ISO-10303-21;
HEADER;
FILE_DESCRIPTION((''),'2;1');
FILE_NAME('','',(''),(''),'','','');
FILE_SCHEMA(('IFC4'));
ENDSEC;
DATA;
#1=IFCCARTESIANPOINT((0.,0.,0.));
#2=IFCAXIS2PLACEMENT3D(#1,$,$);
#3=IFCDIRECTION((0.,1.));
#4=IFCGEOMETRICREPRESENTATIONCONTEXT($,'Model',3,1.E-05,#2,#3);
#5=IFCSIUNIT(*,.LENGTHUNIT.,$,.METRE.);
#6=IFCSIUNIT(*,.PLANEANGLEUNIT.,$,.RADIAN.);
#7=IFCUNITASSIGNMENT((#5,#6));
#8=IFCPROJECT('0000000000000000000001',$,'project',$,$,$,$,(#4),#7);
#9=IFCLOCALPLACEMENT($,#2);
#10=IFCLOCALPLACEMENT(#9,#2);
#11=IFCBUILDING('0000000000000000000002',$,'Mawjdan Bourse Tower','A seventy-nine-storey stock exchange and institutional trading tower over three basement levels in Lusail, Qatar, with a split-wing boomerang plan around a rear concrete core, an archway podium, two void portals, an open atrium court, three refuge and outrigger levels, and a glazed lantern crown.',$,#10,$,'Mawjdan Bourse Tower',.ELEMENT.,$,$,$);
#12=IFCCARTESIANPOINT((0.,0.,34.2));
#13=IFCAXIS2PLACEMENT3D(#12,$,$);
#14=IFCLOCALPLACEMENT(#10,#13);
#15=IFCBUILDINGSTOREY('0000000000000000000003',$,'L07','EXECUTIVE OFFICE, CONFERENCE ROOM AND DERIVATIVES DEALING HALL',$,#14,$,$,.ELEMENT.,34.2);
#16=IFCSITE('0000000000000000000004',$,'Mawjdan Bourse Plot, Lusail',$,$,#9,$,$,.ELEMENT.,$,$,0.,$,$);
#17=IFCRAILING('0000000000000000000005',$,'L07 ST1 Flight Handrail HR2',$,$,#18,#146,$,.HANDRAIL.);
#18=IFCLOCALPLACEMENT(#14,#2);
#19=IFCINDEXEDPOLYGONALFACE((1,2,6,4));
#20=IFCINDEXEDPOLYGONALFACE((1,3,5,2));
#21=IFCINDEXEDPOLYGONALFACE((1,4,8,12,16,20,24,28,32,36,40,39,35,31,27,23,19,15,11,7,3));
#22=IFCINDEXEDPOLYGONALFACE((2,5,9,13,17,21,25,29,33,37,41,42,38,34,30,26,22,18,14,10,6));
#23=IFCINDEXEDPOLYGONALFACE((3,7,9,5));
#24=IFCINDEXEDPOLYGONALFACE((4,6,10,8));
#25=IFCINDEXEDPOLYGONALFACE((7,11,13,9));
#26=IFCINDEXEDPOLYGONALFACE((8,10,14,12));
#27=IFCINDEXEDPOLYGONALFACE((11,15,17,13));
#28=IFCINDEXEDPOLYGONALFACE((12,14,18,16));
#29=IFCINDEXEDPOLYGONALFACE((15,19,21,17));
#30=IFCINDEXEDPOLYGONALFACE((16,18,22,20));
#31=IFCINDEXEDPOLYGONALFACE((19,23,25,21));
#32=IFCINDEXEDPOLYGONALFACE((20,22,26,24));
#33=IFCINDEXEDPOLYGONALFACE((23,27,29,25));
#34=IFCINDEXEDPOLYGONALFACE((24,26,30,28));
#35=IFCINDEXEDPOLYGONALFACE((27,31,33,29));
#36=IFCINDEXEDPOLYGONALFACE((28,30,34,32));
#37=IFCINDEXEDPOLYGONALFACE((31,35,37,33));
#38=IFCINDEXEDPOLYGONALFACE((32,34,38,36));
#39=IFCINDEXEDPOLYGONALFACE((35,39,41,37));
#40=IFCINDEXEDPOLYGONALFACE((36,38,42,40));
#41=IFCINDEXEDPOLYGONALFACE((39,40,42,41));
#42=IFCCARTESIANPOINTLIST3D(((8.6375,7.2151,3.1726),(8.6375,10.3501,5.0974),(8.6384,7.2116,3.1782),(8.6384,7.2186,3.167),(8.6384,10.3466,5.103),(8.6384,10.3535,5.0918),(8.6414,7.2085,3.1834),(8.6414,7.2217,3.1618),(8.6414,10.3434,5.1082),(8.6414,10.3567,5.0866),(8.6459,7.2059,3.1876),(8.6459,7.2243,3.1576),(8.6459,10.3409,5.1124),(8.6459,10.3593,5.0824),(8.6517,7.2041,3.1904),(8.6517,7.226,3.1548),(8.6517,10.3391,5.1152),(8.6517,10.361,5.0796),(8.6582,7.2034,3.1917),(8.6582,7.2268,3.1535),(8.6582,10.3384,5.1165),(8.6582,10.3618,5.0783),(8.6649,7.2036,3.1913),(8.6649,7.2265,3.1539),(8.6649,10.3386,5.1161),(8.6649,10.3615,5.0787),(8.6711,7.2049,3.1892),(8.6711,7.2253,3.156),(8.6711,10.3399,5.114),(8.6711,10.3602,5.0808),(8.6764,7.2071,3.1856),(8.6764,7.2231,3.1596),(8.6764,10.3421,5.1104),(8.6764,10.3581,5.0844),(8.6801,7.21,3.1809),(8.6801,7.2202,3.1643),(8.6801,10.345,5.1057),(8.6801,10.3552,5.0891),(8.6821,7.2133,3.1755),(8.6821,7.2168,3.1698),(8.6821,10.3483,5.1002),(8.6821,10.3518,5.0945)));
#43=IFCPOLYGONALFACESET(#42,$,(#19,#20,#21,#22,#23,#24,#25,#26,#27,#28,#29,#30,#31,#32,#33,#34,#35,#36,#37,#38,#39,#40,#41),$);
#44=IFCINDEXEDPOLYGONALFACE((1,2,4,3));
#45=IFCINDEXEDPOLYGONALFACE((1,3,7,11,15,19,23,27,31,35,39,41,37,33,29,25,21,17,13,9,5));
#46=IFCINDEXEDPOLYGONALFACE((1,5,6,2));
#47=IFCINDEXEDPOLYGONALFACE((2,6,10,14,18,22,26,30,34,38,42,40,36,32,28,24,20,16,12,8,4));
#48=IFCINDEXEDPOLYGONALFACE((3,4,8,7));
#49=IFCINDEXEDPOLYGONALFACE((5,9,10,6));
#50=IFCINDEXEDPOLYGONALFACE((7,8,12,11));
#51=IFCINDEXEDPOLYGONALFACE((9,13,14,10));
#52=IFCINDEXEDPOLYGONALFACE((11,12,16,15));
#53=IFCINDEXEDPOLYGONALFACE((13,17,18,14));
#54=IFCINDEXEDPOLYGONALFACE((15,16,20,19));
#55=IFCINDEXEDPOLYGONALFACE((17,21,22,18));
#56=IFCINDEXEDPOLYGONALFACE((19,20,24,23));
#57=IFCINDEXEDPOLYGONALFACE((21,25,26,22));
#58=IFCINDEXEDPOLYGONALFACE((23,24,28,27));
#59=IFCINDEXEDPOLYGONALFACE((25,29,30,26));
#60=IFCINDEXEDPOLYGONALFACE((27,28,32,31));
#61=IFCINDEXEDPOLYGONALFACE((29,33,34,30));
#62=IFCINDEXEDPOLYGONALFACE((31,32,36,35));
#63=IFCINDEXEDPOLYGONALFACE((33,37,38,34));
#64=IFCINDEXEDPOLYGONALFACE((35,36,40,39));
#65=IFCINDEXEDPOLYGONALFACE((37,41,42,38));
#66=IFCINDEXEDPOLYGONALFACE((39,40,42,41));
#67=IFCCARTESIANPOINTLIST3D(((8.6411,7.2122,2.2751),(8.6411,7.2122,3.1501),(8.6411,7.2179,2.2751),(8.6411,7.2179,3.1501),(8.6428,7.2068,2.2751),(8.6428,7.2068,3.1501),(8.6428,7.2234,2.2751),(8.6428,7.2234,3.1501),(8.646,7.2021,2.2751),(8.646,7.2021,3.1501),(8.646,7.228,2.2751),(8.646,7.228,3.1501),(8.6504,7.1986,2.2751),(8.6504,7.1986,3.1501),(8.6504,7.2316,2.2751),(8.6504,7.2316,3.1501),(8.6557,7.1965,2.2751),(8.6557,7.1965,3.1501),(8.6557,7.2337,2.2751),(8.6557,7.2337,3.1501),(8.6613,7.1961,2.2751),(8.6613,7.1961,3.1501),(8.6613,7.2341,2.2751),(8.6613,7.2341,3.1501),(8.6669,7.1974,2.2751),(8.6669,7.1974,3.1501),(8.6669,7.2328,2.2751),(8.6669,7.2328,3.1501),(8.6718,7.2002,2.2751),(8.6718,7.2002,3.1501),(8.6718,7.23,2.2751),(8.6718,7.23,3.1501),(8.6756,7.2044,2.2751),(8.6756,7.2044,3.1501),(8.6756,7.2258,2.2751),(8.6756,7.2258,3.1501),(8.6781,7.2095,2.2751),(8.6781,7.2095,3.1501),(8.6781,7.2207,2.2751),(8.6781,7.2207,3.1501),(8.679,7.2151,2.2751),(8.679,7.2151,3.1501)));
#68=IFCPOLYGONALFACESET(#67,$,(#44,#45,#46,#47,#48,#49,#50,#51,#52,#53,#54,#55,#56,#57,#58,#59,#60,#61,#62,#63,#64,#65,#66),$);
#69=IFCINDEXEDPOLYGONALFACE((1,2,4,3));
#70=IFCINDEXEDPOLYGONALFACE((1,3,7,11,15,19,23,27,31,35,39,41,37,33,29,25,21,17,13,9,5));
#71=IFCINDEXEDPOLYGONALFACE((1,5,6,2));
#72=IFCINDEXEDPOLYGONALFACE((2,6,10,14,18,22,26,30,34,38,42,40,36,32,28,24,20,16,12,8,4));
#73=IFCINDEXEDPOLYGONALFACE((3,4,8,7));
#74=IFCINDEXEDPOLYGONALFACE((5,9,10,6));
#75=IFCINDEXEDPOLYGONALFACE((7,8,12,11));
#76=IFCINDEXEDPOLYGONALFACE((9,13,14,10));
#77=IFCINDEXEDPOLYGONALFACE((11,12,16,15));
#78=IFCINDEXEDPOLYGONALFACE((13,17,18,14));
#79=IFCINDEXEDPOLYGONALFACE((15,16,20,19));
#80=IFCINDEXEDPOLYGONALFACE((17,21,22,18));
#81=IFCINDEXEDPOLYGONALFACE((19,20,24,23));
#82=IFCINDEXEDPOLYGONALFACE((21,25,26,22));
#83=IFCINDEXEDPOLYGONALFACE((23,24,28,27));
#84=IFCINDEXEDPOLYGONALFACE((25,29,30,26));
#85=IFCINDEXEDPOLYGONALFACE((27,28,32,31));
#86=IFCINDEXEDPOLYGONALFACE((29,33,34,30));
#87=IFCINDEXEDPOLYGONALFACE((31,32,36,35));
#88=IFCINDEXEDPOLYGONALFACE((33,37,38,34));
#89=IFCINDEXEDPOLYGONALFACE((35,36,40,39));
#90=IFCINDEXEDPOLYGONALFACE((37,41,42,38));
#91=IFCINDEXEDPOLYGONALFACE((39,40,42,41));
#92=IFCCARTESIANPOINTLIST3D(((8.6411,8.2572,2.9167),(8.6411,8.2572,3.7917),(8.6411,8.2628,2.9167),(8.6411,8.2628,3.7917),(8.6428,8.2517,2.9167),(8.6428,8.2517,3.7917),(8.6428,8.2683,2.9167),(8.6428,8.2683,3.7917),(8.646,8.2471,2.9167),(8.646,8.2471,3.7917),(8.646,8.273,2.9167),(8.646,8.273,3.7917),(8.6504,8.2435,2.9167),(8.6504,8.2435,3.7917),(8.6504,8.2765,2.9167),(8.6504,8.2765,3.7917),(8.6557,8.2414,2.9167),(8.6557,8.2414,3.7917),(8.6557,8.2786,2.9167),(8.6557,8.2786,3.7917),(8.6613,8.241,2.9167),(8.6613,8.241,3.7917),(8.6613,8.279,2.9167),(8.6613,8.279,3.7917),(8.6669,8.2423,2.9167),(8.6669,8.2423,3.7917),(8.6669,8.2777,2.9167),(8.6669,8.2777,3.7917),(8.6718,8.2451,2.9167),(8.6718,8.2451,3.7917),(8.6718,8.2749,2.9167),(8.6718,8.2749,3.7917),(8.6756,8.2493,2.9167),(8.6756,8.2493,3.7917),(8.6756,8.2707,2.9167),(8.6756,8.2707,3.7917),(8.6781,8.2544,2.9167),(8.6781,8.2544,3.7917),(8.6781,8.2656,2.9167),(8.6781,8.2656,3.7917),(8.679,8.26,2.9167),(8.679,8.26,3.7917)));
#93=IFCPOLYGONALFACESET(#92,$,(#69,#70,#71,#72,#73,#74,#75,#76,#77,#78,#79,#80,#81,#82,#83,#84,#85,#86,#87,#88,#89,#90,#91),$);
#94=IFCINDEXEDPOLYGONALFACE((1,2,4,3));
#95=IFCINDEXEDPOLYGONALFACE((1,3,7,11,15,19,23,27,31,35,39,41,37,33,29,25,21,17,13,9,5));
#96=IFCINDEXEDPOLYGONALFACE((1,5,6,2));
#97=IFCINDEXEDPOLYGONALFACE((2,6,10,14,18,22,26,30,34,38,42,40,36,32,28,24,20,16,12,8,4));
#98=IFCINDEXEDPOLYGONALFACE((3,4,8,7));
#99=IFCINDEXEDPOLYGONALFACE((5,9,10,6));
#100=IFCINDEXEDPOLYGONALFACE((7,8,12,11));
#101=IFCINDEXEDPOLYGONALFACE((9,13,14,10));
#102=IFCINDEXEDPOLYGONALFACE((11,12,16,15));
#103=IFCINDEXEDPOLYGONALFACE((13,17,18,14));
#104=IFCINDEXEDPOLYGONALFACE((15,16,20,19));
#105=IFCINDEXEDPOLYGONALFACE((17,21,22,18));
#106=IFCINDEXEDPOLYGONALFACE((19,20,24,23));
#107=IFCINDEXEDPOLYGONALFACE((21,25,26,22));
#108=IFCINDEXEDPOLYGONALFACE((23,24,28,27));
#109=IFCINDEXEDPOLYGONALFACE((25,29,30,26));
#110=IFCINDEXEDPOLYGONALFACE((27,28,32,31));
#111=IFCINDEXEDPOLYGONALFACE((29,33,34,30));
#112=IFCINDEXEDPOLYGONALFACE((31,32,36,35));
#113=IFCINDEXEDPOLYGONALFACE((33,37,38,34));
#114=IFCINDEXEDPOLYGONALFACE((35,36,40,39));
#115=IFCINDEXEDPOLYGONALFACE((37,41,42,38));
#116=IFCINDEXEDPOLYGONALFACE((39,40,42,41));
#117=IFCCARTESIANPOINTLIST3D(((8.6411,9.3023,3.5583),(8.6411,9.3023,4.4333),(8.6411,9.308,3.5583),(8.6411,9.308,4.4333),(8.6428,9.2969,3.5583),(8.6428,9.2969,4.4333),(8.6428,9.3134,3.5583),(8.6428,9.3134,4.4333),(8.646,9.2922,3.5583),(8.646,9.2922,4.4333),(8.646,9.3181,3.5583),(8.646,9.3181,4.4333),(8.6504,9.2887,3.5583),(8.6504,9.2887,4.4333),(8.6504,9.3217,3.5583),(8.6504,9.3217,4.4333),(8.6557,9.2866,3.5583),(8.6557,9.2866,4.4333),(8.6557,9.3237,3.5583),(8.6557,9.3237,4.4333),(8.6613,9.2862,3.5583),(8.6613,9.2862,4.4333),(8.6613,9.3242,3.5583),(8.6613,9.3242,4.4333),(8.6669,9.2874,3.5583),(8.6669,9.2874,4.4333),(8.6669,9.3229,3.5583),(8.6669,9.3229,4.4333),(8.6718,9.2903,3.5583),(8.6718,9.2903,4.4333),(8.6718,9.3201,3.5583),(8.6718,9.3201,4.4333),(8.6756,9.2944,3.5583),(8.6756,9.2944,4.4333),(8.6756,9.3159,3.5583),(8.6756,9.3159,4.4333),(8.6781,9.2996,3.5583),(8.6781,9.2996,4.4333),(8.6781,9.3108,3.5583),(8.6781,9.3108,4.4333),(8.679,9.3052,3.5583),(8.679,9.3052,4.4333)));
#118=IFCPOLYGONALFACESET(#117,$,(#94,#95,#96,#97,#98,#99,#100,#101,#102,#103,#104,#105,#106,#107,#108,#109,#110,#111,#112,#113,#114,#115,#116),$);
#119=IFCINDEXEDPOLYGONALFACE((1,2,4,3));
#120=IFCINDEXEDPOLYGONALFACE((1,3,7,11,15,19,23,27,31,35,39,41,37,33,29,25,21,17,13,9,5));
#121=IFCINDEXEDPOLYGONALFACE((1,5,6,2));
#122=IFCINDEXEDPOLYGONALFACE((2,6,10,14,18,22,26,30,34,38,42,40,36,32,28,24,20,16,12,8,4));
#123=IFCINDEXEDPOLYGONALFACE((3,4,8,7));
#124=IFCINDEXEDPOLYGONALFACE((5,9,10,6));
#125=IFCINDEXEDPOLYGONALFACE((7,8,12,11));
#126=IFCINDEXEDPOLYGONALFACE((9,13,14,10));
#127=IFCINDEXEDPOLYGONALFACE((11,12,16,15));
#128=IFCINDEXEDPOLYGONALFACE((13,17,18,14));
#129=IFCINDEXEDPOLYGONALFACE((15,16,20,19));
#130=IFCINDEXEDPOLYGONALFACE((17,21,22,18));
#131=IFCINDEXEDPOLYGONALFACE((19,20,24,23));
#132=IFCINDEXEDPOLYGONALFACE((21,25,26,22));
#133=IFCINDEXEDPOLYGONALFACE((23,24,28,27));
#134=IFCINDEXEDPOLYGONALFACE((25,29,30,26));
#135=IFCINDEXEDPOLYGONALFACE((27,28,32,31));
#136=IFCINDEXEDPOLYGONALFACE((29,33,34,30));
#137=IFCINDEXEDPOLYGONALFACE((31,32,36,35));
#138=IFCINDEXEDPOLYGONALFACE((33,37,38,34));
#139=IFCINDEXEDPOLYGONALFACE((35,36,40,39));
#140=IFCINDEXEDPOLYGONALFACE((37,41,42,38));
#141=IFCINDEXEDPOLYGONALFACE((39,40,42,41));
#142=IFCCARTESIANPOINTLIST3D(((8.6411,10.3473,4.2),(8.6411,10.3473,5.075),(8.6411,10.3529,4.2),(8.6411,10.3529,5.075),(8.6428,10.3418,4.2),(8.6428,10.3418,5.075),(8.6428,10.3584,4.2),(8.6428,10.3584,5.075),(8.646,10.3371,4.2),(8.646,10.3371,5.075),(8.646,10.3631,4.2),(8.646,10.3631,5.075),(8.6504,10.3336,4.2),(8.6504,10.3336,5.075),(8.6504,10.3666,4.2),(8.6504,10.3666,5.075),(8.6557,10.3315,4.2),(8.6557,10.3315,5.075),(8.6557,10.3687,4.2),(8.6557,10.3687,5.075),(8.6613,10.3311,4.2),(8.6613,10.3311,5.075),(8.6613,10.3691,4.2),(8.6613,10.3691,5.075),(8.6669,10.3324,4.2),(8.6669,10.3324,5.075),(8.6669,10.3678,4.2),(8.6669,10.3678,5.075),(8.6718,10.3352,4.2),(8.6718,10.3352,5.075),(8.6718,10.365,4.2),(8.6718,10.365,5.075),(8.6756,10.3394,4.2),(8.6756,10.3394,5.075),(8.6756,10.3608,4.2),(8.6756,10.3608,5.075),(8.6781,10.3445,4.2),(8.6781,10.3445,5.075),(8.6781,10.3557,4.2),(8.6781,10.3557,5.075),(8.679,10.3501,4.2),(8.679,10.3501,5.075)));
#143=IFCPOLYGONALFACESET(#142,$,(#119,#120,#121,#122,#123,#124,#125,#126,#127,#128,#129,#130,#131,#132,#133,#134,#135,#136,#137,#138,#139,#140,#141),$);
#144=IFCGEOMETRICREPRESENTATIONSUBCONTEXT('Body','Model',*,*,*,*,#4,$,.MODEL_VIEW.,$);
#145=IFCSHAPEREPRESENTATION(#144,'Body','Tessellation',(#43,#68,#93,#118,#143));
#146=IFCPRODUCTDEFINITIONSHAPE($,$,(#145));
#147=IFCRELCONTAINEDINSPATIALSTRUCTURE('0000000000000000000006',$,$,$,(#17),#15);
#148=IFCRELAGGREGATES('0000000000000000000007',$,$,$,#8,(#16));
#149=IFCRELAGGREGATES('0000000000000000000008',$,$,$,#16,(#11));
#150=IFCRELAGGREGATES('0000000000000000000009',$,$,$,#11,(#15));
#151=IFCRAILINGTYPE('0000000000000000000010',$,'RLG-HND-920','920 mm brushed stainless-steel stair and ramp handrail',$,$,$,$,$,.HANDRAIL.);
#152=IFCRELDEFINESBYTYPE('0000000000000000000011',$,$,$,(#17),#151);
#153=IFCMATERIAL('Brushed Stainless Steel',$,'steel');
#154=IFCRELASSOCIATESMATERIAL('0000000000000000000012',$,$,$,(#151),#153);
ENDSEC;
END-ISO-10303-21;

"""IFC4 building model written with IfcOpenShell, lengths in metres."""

from ifc_helpers import new_model, si_unit, direction, frame, origin, origin_2d, place, context, subcontext, project, spatial, circle, extrude, material, type_object, element, save


model = new_model("IFC4")

# Units and contexts
model_context = context("Model", 3, precision=1e-05, world=origin(), true_north=direction((0.0, 1.0)))
body_context = subcontext(model_context, "Body", "Model", "MODEL_VIEW")
ifc_project = project(units=[si_unit("LENGTHUNIT", "METRE"), si_unit("PLANEANGLEUNIT", "RADIAN")], contexts=[model_context])

# Site, building, storey
site_placement = place(None, origin())
site = spatial("IfcSite", under=ifc_project, at=site_placement, Name="Mawjdan Bourse Plot, Lusail", CompositionType="ELEMENT", RefElevation=0.0)
building_placement = place(site_placement, origin())
building = spatial("IfcBuilding", under=site, at=building_placement, Name="Mawjdan Bourse Tower", Description="A seventy-nine-storey stock exchange and institutional trading tower over three basement levels in Lusail, Qatar, with a split-wing boomerang plan around a rear concrete core, an archway podium, two void portals, an open atrium court, three refuge and outrigger levels, and a glazed lantern crown.", LongName="Mawjdan Bourse Tower", CompositionType="ELEMENT")
storey_placement = place(building_placement, frame((0.0, 0.0, 34.2)))
storey = spatial("IfcBuildingStorey", under=building, at=storey_placement, Name="L07", Description="EXECUTIVE OFFICE, CONFERENCE ROOM AND DERIVATIVES DEALING HALL", CompositionType="ELEMENT", Elevation=34.2)

# Railing
ifc_material_1 = material(Name="Brushed Stainless Steel", Category="steel")
railing_type_1 = type_object("IfcRailingType", Name="RLG-HND-920", Description="920 mm brushed stainless-steel stair and ramp handrail", PredefinedType="HANDRAIL", material=ifc_material_1)
railing_1_placement = place(storey_placement, frame((8.6599, 7.2151, 2.2751)))
element("IfcRailing", 1, at=railing_1_placement, inside=storey, type_object=railing_type_1, Name="L07 ST1 Flight Handrail HR2", PredefinedType="HANDRAIL", context=body_context, shape_type="SweptSolid", body=[
    extrude(circle(Radius=0.0225, at=origin_2d()), frame((0.0, 0.0, 0.8975), z_axis=(0.0, 0.852196, 0.523223), x_axis=(-1.0, 0.0, 0.0)), (0.0, 0.0, 1.0), 3.6787),
    extrude(circle(Radius=0.019, at=origin_2d()), origin(), (0.0, 0.0, 1.0), 0.875),
    extrude(circle(Radius=0.019, at=origin_2d()), frame((0.0, 1.0449, 0.6416)), (0.0, 0.0, 1.0), 0.875),
    extrude(circle(Radius=0.019, at=origin_2d()), frame((0.0, 2.0901, 1.2832)), (0.0, 0.0, 1.0), 0.875),
    extrude(circle(Radius=0.019, at=origin_2d()), frame((0.0, 3.135, 1.9248)), (0.0, 0.0, 1.0), 0.875),
])

save(model, "model.ifc")
